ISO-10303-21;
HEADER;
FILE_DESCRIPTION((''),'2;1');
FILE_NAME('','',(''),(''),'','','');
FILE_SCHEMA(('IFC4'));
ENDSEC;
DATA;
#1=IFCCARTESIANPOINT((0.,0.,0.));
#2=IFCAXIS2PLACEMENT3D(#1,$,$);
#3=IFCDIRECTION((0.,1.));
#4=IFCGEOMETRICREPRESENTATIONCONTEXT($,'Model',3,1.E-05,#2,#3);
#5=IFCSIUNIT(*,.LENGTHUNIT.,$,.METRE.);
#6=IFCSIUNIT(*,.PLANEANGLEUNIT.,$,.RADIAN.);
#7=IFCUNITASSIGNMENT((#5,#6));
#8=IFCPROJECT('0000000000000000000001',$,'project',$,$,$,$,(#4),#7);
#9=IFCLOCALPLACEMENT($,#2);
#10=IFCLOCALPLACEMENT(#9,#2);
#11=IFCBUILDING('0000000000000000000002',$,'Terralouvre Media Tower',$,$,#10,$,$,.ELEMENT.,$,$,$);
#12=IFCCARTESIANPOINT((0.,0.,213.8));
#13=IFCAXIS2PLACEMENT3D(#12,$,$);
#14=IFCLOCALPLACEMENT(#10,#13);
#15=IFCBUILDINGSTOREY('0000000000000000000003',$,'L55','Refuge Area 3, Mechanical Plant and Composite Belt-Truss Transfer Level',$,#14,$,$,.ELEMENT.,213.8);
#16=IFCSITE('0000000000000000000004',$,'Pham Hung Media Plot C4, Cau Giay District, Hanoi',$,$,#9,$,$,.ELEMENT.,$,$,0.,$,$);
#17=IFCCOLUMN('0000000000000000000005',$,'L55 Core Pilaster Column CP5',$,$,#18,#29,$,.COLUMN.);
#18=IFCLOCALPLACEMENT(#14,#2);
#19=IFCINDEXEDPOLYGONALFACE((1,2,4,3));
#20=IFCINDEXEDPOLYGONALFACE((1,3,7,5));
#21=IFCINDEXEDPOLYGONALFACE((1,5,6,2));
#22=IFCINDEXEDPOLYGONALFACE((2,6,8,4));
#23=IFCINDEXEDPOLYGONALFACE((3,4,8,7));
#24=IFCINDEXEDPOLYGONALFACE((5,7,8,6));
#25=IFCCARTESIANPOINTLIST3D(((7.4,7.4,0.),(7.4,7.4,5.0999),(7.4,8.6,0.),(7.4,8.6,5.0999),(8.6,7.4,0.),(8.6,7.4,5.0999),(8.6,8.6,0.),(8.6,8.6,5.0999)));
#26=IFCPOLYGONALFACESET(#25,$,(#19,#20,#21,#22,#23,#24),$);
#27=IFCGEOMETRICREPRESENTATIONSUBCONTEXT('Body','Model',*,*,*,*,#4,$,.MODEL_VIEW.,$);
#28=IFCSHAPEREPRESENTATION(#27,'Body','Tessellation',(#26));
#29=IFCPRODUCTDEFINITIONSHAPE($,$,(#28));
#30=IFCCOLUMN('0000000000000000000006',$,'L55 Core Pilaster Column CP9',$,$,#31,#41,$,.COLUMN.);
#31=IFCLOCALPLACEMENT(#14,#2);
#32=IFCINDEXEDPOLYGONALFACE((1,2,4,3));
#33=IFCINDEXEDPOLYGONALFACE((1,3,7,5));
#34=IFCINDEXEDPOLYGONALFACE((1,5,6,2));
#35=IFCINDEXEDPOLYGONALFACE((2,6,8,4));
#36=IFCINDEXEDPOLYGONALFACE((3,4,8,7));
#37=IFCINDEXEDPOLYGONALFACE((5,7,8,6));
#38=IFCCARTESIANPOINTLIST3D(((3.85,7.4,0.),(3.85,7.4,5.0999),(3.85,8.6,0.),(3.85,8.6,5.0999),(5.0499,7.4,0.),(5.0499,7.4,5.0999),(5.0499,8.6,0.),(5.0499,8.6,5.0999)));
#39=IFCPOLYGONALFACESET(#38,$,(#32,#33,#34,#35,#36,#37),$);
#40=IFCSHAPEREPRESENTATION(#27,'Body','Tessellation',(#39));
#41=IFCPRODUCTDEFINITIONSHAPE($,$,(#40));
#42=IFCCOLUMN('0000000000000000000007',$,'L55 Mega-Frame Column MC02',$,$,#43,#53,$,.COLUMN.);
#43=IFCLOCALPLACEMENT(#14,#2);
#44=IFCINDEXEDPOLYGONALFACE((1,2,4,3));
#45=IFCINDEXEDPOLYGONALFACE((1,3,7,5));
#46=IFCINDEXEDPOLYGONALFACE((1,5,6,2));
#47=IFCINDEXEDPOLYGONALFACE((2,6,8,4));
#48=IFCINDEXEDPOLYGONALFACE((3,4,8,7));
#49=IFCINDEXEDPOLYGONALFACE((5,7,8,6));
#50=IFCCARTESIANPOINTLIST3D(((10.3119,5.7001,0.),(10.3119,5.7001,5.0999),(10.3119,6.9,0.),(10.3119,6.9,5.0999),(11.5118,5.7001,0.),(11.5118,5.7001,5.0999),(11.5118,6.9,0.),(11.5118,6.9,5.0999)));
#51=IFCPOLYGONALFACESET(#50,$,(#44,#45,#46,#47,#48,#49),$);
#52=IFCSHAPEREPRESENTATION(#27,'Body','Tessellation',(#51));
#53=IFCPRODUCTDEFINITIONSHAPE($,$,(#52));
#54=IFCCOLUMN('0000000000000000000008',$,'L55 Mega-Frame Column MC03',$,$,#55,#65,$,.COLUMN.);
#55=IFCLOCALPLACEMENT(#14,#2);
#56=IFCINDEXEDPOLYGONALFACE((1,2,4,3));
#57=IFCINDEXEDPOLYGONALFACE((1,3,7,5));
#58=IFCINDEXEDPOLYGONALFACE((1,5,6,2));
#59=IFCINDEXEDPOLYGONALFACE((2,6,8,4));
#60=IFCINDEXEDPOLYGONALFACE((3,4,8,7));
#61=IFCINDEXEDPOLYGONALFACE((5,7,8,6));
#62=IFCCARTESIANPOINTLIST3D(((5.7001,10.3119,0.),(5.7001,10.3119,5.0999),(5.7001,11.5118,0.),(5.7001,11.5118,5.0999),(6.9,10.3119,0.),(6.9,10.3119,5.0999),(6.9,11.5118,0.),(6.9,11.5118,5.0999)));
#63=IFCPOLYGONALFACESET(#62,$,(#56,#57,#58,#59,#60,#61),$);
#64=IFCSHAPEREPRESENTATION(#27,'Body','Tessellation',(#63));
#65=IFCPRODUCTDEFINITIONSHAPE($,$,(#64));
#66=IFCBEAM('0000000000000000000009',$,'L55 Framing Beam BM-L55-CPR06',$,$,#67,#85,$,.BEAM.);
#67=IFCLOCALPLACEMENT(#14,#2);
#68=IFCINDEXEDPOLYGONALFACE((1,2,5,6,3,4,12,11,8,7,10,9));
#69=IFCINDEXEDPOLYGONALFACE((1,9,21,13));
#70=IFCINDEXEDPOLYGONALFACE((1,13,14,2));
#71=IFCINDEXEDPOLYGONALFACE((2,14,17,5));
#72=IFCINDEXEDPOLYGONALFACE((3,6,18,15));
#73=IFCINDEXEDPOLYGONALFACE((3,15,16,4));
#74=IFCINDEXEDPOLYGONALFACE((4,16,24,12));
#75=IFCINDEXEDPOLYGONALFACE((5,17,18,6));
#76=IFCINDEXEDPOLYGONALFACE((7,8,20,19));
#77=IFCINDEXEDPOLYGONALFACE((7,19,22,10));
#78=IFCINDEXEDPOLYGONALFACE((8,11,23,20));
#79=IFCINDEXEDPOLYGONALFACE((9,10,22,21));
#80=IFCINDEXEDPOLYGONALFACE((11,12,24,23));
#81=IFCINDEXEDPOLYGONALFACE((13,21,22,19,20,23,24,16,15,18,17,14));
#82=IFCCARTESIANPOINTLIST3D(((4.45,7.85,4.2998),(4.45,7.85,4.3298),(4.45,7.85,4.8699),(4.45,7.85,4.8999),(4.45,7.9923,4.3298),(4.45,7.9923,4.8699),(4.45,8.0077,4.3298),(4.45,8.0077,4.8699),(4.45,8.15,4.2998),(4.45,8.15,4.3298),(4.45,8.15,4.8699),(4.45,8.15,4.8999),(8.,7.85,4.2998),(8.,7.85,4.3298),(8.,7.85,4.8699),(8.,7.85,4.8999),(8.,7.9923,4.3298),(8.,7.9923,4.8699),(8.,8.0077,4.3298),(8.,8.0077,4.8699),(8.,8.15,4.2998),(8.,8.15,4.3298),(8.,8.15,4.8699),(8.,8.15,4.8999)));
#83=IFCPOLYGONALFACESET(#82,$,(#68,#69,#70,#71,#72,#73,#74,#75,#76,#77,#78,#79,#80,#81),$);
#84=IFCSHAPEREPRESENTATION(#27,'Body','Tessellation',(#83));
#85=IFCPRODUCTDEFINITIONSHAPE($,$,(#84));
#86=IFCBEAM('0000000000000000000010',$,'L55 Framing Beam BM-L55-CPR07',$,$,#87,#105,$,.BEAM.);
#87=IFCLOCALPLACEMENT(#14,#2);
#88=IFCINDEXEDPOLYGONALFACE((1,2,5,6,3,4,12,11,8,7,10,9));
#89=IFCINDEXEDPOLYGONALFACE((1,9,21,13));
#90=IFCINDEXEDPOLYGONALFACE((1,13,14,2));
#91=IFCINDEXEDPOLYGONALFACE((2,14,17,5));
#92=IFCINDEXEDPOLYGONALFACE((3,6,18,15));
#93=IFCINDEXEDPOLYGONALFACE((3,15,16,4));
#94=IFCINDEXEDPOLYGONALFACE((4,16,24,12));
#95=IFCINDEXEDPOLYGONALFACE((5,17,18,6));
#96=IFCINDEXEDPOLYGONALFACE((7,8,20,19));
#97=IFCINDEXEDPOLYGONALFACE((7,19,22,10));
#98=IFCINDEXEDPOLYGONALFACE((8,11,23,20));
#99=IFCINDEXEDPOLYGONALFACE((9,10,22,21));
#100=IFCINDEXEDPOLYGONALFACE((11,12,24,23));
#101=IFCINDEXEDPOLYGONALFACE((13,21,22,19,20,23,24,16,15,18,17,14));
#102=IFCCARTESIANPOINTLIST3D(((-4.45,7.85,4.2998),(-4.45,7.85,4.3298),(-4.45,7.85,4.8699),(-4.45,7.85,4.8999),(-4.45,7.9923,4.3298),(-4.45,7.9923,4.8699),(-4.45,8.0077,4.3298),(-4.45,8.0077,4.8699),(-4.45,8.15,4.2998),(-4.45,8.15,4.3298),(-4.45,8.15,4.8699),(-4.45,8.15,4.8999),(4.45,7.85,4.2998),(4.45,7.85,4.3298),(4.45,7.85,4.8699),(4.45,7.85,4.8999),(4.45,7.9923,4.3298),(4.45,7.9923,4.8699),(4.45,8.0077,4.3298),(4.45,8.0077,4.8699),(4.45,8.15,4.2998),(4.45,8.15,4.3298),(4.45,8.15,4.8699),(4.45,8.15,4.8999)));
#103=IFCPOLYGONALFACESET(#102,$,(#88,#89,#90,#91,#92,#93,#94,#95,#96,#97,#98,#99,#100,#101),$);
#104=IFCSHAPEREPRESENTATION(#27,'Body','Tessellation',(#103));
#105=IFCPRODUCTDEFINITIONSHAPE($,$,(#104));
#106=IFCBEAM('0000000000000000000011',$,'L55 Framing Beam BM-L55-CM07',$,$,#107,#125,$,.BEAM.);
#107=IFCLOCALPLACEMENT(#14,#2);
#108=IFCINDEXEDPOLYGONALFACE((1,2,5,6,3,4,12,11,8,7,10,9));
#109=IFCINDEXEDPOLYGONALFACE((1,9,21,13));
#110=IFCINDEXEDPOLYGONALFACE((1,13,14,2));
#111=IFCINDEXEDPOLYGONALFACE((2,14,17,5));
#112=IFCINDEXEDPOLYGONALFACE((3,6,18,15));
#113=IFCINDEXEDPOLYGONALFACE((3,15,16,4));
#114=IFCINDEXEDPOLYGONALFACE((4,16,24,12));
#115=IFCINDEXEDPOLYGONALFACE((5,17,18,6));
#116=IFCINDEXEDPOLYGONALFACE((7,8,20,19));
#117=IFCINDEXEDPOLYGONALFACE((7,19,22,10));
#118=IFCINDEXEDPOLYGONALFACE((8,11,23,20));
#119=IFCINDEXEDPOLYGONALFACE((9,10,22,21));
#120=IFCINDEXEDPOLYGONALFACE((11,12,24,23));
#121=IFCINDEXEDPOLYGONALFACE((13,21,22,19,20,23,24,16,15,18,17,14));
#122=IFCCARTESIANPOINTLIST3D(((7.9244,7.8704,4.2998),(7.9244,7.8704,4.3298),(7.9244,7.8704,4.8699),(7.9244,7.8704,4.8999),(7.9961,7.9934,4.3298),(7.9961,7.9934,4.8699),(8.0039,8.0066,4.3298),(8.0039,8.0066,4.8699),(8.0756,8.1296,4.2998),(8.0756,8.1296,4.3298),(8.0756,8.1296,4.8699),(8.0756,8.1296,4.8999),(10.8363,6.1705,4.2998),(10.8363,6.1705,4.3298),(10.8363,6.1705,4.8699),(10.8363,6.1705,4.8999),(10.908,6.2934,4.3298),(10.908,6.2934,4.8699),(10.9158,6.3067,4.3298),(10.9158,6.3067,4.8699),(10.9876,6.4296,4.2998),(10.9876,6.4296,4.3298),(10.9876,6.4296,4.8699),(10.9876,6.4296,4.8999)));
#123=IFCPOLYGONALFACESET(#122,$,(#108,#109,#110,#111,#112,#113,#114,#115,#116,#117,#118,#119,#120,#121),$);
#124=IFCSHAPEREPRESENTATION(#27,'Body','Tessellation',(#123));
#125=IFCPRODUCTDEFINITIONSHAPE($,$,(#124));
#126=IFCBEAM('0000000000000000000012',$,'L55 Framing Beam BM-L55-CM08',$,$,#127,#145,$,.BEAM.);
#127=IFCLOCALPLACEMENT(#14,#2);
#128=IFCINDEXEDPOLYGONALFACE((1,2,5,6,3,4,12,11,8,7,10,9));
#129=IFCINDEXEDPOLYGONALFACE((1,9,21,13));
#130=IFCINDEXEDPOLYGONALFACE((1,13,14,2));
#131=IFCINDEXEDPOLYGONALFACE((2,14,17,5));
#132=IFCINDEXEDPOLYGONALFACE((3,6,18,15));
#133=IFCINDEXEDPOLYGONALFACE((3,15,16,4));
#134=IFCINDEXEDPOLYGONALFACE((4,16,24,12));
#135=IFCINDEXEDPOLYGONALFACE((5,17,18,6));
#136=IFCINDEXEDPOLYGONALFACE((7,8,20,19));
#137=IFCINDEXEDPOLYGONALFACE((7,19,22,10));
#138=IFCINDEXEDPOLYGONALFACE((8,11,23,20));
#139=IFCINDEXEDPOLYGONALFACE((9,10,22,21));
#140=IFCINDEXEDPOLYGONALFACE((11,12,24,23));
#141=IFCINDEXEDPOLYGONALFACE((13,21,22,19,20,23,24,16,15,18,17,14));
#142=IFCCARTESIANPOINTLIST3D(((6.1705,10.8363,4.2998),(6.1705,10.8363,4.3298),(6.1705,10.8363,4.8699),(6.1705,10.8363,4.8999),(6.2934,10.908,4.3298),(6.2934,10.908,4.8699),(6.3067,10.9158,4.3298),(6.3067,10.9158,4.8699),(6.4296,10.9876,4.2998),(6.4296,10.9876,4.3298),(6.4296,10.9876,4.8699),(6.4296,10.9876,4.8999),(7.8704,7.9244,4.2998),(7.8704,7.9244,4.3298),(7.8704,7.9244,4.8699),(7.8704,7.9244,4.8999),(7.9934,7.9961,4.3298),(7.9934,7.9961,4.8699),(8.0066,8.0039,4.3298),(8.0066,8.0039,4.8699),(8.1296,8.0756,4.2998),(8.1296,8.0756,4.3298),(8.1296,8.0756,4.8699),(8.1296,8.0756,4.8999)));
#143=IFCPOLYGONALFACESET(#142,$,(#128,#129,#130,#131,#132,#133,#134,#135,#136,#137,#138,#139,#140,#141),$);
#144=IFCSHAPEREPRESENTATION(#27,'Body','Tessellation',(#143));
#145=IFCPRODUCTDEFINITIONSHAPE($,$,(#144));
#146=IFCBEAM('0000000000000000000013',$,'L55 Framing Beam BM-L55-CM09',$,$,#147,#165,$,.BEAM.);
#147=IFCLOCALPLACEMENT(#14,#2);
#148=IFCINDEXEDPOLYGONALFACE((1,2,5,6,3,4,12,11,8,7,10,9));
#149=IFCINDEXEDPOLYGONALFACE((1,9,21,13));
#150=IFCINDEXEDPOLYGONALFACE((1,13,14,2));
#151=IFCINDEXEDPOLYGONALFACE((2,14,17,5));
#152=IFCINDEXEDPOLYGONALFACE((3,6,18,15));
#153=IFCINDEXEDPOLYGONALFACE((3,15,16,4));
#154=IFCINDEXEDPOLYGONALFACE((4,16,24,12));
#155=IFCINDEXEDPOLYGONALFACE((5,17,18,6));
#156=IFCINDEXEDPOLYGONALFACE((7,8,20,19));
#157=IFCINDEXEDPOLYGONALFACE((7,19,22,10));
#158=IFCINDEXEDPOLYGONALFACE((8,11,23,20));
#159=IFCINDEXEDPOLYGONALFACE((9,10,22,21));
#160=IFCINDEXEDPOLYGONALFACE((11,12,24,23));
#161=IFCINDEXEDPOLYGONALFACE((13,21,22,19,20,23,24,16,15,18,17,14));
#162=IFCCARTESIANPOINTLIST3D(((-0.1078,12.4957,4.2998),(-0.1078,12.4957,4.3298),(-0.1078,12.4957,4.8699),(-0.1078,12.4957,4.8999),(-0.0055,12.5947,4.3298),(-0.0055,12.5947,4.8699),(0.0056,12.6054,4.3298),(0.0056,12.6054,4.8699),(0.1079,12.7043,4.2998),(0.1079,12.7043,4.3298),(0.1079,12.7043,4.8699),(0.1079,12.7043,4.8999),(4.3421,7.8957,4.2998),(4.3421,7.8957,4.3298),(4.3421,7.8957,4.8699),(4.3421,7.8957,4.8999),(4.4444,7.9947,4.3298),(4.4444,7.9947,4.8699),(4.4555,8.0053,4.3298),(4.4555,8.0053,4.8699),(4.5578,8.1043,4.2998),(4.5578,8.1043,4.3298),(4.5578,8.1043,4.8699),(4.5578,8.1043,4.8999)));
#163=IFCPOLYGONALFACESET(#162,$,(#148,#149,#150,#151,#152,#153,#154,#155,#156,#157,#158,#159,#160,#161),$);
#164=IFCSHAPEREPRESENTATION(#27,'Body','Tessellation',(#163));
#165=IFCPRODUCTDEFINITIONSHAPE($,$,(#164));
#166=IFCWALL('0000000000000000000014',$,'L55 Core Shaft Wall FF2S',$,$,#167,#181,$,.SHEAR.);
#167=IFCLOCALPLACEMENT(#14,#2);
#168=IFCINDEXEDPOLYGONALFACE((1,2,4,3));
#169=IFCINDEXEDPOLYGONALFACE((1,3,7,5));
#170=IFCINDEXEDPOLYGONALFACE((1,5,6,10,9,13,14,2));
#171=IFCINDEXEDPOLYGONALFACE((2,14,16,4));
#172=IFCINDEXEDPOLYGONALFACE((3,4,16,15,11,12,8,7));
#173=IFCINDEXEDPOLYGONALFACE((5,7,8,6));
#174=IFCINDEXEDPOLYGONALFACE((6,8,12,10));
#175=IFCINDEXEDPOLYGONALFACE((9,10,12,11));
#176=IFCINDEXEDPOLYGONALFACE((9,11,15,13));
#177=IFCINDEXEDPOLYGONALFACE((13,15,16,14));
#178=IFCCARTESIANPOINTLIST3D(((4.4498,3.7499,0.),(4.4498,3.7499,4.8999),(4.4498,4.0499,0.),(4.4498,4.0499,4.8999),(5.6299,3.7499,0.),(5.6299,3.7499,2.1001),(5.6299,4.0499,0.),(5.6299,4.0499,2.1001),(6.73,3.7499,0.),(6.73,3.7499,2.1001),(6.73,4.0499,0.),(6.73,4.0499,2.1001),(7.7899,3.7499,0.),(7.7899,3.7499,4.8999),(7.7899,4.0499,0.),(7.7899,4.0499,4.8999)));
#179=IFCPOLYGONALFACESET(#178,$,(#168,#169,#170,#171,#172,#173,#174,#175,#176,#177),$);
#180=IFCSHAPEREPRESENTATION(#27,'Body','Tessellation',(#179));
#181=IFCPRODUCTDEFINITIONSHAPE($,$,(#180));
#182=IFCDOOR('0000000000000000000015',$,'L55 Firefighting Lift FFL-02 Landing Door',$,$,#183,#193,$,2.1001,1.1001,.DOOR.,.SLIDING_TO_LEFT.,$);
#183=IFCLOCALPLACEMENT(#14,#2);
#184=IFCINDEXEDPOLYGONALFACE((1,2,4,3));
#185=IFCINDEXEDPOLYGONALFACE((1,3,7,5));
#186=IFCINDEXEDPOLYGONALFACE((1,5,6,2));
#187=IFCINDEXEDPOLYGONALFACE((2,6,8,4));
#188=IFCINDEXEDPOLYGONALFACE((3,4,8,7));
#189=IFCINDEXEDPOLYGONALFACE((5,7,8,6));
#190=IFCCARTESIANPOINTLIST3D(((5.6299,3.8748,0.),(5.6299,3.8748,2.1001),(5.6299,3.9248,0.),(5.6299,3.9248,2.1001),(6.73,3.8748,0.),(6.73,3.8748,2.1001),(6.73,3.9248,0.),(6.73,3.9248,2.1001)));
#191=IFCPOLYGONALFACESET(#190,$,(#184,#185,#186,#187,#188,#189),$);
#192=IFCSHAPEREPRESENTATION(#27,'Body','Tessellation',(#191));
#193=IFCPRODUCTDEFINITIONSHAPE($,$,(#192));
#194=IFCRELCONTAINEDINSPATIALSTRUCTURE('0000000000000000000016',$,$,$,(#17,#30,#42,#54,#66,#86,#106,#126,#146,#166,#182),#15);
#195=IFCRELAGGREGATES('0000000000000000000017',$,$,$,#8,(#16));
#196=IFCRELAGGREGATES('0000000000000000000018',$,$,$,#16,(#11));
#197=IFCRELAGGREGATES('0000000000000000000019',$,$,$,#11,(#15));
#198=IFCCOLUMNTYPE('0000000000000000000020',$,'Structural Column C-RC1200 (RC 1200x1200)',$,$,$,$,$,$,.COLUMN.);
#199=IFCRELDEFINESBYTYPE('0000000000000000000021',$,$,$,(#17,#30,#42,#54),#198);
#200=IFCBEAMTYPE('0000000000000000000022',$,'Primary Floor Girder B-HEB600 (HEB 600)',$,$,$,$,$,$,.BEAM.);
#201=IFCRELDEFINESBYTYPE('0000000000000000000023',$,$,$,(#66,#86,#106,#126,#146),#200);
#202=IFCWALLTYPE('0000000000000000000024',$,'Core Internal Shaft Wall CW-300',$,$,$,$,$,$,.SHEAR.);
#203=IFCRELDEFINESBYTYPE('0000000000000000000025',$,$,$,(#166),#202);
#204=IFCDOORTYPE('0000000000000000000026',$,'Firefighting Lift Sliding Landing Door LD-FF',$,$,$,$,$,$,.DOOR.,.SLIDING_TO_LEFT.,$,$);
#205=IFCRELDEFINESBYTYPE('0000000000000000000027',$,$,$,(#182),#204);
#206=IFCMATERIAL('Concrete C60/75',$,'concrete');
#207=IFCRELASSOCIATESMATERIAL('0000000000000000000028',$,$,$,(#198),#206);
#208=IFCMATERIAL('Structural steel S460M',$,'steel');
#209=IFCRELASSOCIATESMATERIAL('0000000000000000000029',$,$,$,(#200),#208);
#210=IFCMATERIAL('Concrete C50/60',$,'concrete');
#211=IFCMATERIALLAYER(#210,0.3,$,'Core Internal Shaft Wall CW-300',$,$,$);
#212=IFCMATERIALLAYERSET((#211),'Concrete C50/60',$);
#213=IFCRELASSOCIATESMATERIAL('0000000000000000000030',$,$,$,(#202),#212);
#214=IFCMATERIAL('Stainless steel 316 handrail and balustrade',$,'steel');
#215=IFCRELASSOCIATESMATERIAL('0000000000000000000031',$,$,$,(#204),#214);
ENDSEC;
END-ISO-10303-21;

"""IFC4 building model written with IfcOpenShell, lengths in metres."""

from ifc_helpers import new_model, si_unit, direction, frame, frame_2d, origin, origin_2d, place, context, subcontext, project, spatial, rectangle, i_section, extrude, material, layer, layer_set, material_profile, profile_set, type_object, element, fill, save


model = new_model("IFC4")

# Units and contexts
model_context = context("Model", 3, precision=1e-05, world=origin(), true_north=direction((0.0, 1.0)))
body_context = subcontext(model_context, "Body", "Model", "MODEL_VIEW")
ifc_project = project(units=[si_unit("LENGTHUNIT", "METRE"), si_unit("PLANEANGLEUNIT", "RADIAN")], contexts=[model_context])

# Site, building, storey
site_placement = place(None, origin())
site = spatial("IfcSite", under=ifc_project, at=site_placement, Name="Pham Hung Media Plot C4, Cau Giay District, Hanoi", CompositionType="ELEMENT", RefElevation=0.0)
building_placement = place(site_placement, origin())
building = spatial("IfcBuilding", under=site, at=building_placement, Name="Terralouvre Media Tower", CompositionType="ELEMENT")
storey_placement = place(building_placement, frame((0.0, 0.0, 213.8)))
storey = spatial("IfcBuildingStorey", under=building, at=storey_placement, Name="L55", Description="Refuge Area 3, Mechanical Plant and Composite Belt-Truss Transfer Level", CompositionType="ELEMENT", Elevation=213.8)

# Columns
ifc_material_1 = material(Name="Concrete C60/75", Category="concrete")
ifc_material_profile_1 = material_profile(ifc_material_1, rectangle(XDim=1.2, YDim=1.2, at=origin_2d()), Name="RC 1200x1200")
ifc_profile_set_1 = profile_set([ifc_material_profile_1], Name="Concrete C60/75")
column_type = type_object("IfcColumnType", Name="Structural Column C-RC1200 (RC 1200x1200)", PredefinedType="COLUMN", material=ifc_profile_set_1)
for number, where, z_axis, x_axis, name in (
    (1, (8.0, 8.0, 0.0), (0.0, 0.0, 1.0), (1.0, 0.0, 0.0), "L55 Core Pilaster Column CP5"),
    (2, (4.45, 8.0, 0.0), (0.0, 0.0, 1.0), (1.0, 0.0, 0.0), "L55 Core Pilaster Column CP9"),
    (3, (10.9119, 6.3, 0.0), (0.0, 0.0, 1.0), (1.0, 0.0, 0.0), "L55 Mega-Frame Column MC02"),
    (4, (6.3, 10.9119, 0.0), (0.0, 0.0, 1.0), (1.0, 0.0, 0.0), "L55 Mega-Frame Column MC03"),
):
    element("IfcColumn", number, at=place(storey_placement, frame(where, z_axis=z_axis, x_axis=x_axis)), inside=storey, type_object=column_type, Name=name, PredefinedType="COLUMN", context=body_context, shape_type="SweptSolid", body=[
        extrude(rectangle(XDim=1.2, YDim=1.2, at=origin_2d()), origin(), (0.0, 0.0, 1.0), 5.0999),
    ])

# Beams
ifc_material_2 = material(Name="Structural steel S460M", Category="steel")
ifc_material_profile_2 = material_profile(ifc_material_2, i_section(OverallWidth=0.3, OverallDepth=0.6001, WebThickness=0.0154, FlangeThickness=0.03, at=origin_2d()), Name="HEB 600")
ifc_profile_set_2 = profile_set([ifc_material_profile_2], Name="Structural steel S460M")
beam_type = type_object("IfcBeamType", Name="Primary Floor Girder B-HEB600 (HEB 600)", PredefinedType="BEAM", material=ifc_profile_set_2)
beam_1_placement = place(storey_placement, frame((8.0, 8.0, 4.5999), z_axis=(-1.0, 0.0, 0.0), x_axis=(0.0, -1.0, 0.0)))
element("IfcBeam", 5, at=beam_1_placement, inside=storey, type_object=beam_type, Name="L55 Framing Beam BM-L55-CPR06", PredefinedType="BEAM", context=body_context, shape_type="SweptSolid", body=[
    extrude(i_section(OverallWidth=0.3, OverallDepth=0.6001, WebThickness=0.0154, FlangeThickness=0.03, at=origin_2d()), origin(), (0.0, 0.0, 1.0), 3.55),
])
beam_2_placement = place(storey_placement, frame((4.45, 8.0, 4.5999), z_axis=(-1.0, 0.0, 0.0), x_axis=(0.0, -1.0, 0.0)))
element("IfcBeam", 6, at=beam_2_placement, inside=storey, type_object=beam_type, Name="L55 Framing Beam BM-L55-CPR07", PredefinedType="BEAM", context=body_context, shape_type="SweptSolid", body=[
    extrude(i_section(OverallWidth=0.3, OverallDepth=0.6001, WebThickness=0.0154, FlangeThickness=0.03, at=origin_2d()), origin(), (0.0, 0.0, 1.0), 8.8999),
])
for number, where, z_axis, x_axis, name in (
    (7, (8.0, 8.0, 4.5999), (0.863603, -0.504173, 0.0), (0.504173, 0.863603, 0.0), "L55 Framing Beam BM-L55-CM07"),
    (8, (8.0, 8.0, 4.5999), (-0.504173, 0.863603, 0.0), (-0.863603, -0.504173, 0.0), "L55 Framing Beam BM-L55-CM08"),
):
    element("IfcBeam", number, at=place(storey_placement, frame(where, z_axis=z_axis, x_axis=x_axis)), inside=storey, type_object=beam_type, Name=name, PredefinedType="BEAM", context=body_context, shape_type="SweptSolid", body=[
        extrude(i_section(OverallWidth=0.3, OverallDepth=0.6001, WebThickness=0.0154, FlangeThickness=0.03, at=origin_2d()), origin(), (0.0, 0.0, 1.0), 3.3718),
    ])
beam_3_placement = place(storey_placement, frame((4.45, 8.0, 4.5999), z_axis=(-0.69528, 0.718739, 0.0), x_axis=(-0.718739, -0.69528, 0.0)))
element("IfcBeam", 9, at=beam_3_placement, inside=storey, type_object=beam_type, Name="L55 Framing Beam BM-L55-CM09", PredefinedType="BEAM", context=body_context, shape_type="SweptSolid", body=[
    extrude(i_section(OverallWidth=0.3, OverallDepth=0.6001, WebThickness=0.0154, FlangeThickness=0.03, at=origin_2d()), origin(), (0.0, 0.0, 1.0), 6.4001),
])

# Wall, opening, door
ifc_material_3 = material(Name="Concrete C50/60", Category="concrete")
ifc_layer_1 = layer(ifc_material_3, 0.3, Name="Core Internal Shaft Wall CW-300")
ifc_layer_set_1 = layer_set([ifc_layer_1], Name="Concrete C50/60")
wall_type_1 = type_object("IfcWallType", Name="Core Internal Shaft Wall CW-300", PredefinedType="SHEAR", material=ifc_layer_set_1)
wall_1_placement = place(storey_placement, frame((4.45, 3.8999, 0.0), z_axis=(0.0, 0.0, 1.0), x_axis=(1.0, 0.0, 0.0)))
wall_1 = element("IfcWall", 10, at=wall_1_placement, inside=storey, type_object=wall_type_1, Name="L55 Core Shaft Wall FF2S", PredefinedType="SHEAR", context=body_context, shape_type="SweptSolid", body=[
    extrude(rectangle(XDim=3.3401, YDim=0.3, at=frame_2d((1.6699, 0.0))), origin(), (0.0, 0.0, 1.0), 4.8999),
])
opening_1_placement = place(wall_1_placement, frame((1.1799, 0.0, 0.0)))
opening_1 = element("IfcOpeningElement", 11, at=opening_1_placement, cuts=wall_1, PredefinedType="OPENING", context=body_context, shape_type="SweptSolid", body=[
    extrude(rectangle(XDim=1.1001, YDim=2.1001, at=frame_2d((0.55, 1.05))), frame((0.0, 0.1599, 0.0), z_axis=(0.0, -1.0, 0.0), x_axis=(1.0, 0.0, 0.0)), (0.0, 0.0, 1.0), 0.3201),
])
ifc_material_4 = material(Name="Stainless steel 316 handrail and balustrade", Category="steel")
door_type_1 = type_object("IfcDoorType", Name="Firefighting Lift Sliding Landing Door LD-FF", OperationType="SLIDING_TO_LEFT", PredefinedType="DOOR", material=ifc_material_4)
door_1_placement = place(opening_1_placement, origin())
door_1 = element("IfcDoor", 12, at=door_1_placement, inside=storey, type_object=door_type_1, Name="L55 Firefighting Lift FFL-02 Landing Door", OperationType="SLIDING_TO_LEFT", OverallHeight=2.1001, OverallWidth=1.1001, PredefinedType="DOOR", context=body_context, shape_type="SweptSolid", body=[
    extrude(rectangle(XDim=1.1001, YDim=2.1001, at=frame_2d((0.55, 1.05))), frame((0.0, 0.0249, 0.0), z_axis=(0.0, -1.0, 0.0), x_axis=(1.0, 0.0, 0.0)), (0.0, 0.0, 1.0), 0.05),
])
fill(opening_1, door_1)

save(model, "model.ifc")
